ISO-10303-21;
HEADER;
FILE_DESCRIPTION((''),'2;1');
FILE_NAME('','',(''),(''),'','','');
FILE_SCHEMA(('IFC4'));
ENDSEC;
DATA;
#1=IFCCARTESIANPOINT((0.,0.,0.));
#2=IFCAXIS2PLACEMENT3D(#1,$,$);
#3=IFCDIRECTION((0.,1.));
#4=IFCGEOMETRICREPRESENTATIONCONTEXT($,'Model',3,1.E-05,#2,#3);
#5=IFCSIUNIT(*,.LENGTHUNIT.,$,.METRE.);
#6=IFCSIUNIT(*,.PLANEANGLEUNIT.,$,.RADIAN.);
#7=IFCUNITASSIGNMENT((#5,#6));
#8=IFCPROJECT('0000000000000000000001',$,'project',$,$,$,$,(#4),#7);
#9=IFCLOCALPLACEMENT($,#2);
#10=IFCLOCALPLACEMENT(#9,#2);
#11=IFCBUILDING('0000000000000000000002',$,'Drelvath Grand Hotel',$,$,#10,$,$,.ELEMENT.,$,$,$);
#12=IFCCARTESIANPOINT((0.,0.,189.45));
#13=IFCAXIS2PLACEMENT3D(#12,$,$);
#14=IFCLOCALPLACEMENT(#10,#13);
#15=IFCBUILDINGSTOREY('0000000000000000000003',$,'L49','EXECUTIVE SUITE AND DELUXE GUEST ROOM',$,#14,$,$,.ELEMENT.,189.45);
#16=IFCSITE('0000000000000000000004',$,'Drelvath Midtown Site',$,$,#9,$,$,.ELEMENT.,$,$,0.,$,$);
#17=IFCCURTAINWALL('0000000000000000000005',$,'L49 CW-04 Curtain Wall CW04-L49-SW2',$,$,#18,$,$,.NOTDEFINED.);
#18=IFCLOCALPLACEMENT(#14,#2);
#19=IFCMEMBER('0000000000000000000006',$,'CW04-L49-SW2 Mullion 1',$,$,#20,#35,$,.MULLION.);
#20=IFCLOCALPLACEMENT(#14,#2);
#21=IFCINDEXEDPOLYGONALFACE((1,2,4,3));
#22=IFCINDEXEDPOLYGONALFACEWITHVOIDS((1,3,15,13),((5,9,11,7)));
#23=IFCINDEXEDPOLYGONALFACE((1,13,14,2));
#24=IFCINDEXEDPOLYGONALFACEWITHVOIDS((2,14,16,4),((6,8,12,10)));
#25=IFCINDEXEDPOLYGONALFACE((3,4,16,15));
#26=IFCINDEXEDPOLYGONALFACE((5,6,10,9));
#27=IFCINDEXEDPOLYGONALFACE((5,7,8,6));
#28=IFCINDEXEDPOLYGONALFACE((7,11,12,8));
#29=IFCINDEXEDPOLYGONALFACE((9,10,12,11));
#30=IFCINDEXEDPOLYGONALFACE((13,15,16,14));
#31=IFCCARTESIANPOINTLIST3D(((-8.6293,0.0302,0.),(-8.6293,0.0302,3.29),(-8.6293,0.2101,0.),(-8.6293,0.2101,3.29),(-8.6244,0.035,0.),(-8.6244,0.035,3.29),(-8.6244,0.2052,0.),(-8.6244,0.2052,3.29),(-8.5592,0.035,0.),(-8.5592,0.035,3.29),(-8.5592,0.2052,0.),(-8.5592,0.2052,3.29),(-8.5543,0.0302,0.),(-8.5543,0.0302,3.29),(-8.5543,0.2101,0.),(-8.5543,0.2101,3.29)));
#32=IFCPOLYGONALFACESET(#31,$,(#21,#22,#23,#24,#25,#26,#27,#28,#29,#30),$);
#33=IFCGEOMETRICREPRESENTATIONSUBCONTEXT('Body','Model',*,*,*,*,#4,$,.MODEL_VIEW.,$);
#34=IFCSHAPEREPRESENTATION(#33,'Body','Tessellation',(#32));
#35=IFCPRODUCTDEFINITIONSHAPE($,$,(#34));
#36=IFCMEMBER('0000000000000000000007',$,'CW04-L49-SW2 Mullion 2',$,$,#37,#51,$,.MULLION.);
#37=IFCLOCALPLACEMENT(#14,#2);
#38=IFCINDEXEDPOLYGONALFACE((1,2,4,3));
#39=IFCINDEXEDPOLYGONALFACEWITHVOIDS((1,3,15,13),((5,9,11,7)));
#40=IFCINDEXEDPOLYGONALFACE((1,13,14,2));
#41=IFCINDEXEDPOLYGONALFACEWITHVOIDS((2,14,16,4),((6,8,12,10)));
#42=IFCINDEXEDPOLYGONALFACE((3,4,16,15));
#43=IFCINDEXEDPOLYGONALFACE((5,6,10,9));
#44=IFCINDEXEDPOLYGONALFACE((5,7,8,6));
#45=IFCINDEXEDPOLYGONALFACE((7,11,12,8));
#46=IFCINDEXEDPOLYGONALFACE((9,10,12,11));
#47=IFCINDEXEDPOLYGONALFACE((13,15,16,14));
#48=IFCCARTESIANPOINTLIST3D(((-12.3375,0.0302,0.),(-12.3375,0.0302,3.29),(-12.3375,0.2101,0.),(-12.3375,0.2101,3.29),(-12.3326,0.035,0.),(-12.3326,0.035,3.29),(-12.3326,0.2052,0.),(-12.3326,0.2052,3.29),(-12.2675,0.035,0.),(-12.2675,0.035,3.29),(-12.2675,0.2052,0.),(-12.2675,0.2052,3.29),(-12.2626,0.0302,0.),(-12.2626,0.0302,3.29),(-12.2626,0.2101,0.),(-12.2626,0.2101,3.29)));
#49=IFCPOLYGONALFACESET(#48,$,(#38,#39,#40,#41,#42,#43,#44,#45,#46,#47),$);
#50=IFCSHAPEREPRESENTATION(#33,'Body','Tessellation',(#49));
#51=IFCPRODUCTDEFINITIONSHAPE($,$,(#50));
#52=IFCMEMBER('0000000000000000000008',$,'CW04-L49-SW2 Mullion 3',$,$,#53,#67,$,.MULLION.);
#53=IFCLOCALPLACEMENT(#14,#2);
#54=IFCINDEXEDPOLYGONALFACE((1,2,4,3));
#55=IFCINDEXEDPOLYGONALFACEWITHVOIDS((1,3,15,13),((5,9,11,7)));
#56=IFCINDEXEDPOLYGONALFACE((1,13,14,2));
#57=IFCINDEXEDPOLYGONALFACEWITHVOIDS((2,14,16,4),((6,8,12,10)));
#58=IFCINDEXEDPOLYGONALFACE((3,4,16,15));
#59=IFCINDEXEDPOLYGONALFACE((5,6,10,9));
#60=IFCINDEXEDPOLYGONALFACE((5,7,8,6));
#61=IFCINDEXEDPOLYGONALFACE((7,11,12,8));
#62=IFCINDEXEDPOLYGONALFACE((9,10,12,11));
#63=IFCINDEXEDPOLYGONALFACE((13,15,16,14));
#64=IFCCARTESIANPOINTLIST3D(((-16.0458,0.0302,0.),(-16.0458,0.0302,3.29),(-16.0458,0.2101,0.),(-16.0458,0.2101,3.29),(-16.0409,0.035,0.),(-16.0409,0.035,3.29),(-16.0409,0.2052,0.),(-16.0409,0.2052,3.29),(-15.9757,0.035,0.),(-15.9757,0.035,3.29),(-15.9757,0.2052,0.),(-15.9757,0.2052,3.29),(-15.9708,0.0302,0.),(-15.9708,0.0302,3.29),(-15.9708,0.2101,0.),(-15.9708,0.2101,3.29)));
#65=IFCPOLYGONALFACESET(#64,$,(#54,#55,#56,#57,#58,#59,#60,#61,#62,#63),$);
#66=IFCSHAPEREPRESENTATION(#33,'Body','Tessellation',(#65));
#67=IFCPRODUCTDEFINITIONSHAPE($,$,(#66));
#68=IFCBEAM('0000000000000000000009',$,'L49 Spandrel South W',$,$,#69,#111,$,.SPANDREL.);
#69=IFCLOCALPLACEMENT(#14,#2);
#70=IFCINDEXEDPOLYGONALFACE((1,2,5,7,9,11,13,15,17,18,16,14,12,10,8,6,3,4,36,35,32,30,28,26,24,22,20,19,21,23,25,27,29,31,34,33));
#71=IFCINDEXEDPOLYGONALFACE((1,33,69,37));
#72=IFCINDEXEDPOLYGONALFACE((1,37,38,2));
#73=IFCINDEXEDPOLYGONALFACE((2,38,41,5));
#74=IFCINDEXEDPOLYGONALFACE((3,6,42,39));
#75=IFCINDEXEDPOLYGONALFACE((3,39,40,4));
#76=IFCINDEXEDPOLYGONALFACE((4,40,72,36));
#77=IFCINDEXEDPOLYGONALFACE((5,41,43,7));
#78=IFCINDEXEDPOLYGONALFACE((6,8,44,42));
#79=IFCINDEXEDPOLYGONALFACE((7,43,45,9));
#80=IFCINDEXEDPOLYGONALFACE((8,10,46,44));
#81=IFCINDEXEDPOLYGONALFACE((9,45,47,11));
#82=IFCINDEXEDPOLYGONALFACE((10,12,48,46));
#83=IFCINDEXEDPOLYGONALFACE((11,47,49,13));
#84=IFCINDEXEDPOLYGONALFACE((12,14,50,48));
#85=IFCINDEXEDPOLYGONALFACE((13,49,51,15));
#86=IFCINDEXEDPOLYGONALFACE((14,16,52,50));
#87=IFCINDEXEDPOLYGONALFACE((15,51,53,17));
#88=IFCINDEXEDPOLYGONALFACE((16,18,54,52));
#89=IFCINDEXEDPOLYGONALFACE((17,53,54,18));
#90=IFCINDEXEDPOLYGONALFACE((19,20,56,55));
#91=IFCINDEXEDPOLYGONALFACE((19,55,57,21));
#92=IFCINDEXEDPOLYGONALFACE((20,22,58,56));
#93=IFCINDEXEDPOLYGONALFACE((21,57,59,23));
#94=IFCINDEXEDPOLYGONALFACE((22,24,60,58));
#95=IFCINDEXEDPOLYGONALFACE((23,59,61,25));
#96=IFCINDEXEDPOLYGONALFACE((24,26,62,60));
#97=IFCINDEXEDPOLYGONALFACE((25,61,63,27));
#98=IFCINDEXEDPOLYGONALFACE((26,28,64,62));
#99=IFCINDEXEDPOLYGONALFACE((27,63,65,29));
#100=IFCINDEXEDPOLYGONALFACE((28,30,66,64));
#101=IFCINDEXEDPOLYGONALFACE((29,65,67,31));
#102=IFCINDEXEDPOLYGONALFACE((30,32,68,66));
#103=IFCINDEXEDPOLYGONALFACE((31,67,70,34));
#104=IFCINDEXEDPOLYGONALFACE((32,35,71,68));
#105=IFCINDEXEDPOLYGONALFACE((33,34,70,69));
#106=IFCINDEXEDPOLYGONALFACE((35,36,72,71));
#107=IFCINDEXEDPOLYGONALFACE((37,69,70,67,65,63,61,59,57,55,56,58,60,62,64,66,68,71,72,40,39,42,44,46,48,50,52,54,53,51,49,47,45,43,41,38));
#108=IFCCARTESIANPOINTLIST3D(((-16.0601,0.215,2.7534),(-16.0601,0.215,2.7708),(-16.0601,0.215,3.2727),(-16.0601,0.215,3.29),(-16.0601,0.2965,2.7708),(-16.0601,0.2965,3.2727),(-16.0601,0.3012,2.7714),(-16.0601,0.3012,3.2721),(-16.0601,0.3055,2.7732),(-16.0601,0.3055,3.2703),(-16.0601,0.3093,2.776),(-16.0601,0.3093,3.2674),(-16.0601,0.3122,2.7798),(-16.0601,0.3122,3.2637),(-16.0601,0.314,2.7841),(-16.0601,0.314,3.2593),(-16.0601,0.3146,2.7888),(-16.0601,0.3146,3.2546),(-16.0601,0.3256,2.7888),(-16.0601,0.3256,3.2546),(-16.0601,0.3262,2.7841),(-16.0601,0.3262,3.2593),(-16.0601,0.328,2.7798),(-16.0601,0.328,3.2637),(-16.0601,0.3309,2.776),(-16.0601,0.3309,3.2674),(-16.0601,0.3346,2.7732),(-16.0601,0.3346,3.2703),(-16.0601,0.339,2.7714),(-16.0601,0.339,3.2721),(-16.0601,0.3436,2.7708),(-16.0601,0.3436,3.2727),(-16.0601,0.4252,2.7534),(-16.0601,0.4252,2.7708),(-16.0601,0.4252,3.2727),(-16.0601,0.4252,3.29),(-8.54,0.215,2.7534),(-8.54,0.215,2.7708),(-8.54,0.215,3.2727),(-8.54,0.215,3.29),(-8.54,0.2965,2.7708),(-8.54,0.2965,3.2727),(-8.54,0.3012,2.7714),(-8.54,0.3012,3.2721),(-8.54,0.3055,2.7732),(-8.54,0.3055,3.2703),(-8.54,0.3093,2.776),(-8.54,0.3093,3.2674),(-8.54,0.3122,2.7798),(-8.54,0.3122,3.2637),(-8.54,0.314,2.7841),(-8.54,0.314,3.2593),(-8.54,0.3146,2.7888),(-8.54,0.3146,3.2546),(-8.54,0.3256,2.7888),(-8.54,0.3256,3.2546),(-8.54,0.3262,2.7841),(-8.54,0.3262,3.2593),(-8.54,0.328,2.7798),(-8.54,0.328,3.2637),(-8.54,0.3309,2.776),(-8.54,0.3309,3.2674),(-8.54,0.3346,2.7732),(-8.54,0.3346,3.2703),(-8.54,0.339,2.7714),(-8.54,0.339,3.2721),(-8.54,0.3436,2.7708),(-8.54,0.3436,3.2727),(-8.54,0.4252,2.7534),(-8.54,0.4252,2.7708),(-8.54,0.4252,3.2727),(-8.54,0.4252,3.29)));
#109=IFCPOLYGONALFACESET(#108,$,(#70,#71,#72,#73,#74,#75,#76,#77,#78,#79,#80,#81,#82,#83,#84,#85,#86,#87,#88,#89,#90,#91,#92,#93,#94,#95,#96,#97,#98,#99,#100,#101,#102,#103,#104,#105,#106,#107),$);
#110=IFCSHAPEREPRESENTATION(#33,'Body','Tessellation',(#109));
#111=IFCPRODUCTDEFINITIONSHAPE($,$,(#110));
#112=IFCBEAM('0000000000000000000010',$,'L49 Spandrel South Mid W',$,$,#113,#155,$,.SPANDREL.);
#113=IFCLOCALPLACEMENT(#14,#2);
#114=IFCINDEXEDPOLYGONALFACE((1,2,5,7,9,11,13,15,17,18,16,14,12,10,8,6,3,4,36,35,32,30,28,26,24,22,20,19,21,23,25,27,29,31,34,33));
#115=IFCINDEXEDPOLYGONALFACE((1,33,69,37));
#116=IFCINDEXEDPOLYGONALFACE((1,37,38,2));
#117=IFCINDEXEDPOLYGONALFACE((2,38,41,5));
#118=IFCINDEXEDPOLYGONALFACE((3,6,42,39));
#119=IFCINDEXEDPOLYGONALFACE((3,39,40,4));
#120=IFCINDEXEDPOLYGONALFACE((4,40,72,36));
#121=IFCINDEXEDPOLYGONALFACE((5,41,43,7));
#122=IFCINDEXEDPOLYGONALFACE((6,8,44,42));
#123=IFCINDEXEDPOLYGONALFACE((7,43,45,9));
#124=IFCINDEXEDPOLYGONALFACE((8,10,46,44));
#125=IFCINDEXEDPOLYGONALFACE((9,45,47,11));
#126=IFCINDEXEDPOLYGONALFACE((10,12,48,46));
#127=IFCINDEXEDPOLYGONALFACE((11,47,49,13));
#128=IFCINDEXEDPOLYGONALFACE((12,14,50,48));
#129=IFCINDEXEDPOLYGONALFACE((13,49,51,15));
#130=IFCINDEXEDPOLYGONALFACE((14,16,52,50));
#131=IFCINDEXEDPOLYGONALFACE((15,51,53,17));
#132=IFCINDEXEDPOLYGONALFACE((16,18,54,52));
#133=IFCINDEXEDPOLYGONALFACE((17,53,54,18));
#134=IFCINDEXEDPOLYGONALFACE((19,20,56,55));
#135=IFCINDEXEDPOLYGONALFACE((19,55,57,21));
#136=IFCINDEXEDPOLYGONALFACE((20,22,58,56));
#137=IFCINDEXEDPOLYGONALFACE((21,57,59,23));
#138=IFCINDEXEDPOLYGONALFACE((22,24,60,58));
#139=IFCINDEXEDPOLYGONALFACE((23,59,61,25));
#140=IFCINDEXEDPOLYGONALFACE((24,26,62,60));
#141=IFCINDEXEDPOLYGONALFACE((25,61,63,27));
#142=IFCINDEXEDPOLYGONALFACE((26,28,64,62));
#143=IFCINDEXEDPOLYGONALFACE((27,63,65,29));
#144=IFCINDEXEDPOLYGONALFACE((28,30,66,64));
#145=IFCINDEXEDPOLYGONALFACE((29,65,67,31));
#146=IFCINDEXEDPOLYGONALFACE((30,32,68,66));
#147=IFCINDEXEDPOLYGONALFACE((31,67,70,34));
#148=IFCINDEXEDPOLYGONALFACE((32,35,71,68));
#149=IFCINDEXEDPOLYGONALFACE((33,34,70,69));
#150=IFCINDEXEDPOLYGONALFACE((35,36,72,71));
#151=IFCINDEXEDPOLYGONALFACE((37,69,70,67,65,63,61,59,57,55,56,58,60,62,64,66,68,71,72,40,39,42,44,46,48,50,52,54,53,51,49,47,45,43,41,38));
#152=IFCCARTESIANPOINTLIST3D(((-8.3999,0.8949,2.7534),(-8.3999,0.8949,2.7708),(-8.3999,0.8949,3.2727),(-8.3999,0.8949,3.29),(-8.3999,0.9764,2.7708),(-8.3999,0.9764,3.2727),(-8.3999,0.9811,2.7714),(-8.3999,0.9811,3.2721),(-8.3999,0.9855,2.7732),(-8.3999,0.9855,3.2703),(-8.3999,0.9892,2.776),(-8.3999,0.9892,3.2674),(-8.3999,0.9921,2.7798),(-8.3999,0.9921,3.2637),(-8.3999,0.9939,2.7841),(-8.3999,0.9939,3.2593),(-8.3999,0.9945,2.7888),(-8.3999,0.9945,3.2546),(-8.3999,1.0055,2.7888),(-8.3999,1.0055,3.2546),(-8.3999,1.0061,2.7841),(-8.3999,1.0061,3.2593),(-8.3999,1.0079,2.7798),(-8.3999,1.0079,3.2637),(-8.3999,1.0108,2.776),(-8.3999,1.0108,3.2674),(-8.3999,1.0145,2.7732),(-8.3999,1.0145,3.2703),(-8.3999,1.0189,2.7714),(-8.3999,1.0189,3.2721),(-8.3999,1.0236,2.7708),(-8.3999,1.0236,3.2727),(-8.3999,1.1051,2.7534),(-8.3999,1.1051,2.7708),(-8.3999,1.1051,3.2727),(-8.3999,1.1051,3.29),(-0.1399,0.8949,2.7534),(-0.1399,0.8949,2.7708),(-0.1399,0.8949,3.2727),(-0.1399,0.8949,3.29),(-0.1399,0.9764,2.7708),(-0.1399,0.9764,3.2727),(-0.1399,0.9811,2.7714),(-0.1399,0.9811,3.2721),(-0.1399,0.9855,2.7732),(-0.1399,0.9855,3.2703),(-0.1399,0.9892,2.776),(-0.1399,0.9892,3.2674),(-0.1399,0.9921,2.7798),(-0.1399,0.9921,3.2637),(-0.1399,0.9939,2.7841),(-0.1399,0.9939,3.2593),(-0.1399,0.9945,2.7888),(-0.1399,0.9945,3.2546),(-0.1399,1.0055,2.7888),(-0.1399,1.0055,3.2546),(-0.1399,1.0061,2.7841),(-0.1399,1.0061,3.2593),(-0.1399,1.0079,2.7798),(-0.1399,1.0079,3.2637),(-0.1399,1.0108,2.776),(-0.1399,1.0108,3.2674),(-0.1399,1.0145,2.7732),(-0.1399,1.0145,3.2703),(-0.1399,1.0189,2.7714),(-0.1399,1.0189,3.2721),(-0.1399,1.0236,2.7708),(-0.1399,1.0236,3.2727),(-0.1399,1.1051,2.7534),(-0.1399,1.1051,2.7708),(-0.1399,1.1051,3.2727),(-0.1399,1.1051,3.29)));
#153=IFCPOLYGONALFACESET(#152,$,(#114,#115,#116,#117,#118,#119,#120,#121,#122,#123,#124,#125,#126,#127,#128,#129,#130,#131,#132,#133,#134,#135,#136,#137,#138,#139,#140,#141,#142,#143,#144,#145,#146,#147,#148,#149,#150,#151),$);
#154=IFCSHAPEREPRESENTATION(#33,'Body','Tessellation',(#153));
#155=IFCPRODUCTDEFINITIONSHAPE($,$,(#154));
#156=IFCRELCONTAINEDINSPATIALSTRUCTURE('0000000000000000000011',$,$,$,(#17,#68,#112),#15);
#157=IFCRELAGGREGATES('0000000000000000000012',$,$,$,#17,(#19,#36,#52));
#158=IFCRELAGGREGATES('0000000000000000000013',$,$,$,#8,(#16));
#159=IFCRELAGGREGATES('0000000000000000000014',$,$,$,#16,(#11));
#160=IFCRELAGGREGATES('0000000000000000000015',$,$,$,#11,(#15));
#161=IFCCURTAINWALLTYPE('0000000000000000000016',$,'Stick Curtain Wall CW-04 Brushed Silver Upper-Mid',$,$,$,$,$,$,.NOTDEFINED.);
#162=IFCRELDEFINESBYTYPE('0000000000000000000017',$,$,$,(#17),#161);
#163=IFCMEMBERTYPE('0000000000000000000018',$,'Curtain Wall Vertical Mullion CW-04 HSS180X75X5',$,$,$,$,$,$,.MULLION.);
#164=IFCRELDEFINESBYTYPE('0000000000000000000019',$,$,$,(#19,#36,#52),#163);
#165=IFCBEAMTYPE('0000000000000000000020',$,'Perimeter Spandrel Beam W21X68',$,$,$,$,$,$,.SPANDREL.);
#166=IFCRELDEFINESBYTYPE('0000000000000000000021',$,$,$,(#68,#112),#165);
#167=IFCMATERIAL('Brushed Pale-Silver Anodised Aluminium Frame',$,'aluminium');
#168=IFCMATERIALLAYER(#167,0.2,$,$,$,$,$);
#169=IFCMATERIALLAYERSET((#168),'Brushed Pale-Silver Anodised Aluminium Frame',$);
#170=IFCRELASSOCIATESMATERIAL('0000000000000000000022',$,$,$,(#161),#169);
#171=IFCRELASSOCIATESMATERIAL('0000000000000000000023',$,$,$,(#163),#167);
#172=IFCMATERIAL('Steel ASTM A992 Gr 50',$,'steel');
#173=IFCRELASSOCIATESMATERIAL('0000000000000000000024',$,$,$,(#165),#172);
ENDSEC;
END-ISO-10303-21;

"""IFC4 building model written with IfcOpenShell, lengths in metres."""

from ifc_helpers import new_model, si_unit, direction, frame, origin, origin_2d, place, context, subcontext, project, spatial, hollow_rectangle, i_section, extrude, material, layer, layer_set, material_profile, profile_set, type_object, element, aggregate, save


model = new_model("IFC4")

# Units and contexts
model_context = context("Model", 3, precision=1e-05, world=origin(), true_north=direction((0.0, 1.0)))
body_context = subcontext(model_context, "Body", "Model", "MODEL_VIEW")
ifc_project = project(units=[si_unit("LENGTHUNIT", "METRE"), si_unit("PLANEANGLEUNIT", "RADIAN")], contexts=[model_context])

# Site, building, storey
site_placement = place(None, origin())
site = spatial("IfcSite", under=ifc_project, at=site_placement, Name="Drelvath Midtown Site", CompositionType="ELEMENT", RefElevation=0.0)
building_placement = place(site_placement, origin())
building = spatial("IfcBuilding", under=site, at=building_placement, Name="Drelvath Grand Hotel", CompositionType="ELEMENT")
storey_placement = place(building_placement, frame((0.0, 0.0, 189.45)))
storey = spatial("IfcBuildingStorey", under=building, at=storey_placement, Name="L49", Description="EXECUTIVE SUITE AND DELUXE GUEST ROOM", CompositionType="ELEMENT", Elevation=189.45)

# Curtain wall
ifc_material_1 = material(Name="Brushed Pale-Silver Anodised Aluminium Frame", Category="aluminium")
ifc_layer_1 = layer(ifc_material_1, 0.2)
ifc_layer_set_1 = layer_set([ifc_layer_1], Name="Brushed Pale-Silver Anodised Aluminium Frame")
curtain_wall_type = type_object("IfcCurtainWallType", Name="Stick Curtain Wall CW-04 Brushed Silver Upper-Mid", PredefinedType="NOTDEFINED", material=ifc_layer_set_1)
curtain_wall_1_placement = place(storey_placement, origin())
curtain_wall_1 = element("IfcCurtainWall", 1, at=curtain_wall_1_placement, inside=storey, type_object=curtain_wall_type, Name="L49 CW-04 Curtain Wall CW04-L49-SW2", PredefinedType="NOTDEFINED")

# Members
ifc_material_profile_1 = material_profile(ifc_material_1, hollow_rectangle(XDim=0.075, YDim=0.1799, WallThickness=0.0049, at=origin_2d()), Name="HSS180X75X5")
ifc_profile_set_1 = profile_set([ifc_material_profile_1], Name="Brushed Pale-Silver Anodised Aluminium Frame")
member_type_1 = type_object("IfcMemberType", Name="Curtain Wall Vertical Mullion CW-04 HSS180X75X5", PredefinedType="MULLION", material=ifc_profile_set_1)
member_1_placement = place(storey_placement, frame((-8.5918, 0.1201, 0.0), z_axis=(0.0, 0.0, 1.0), x_axis=(1.0, 0.0, 0.0)))
member_1 = element("IfcMember", 2, at=member_1_placement, type_object=member_type_1, Name="CW04-L49-SW2 Mullion 1", PredefinedType="MULLION", context=body_context, shape_type="SweptSolid", body=[
    extrude(hollow_rectangle(XDim=0.075, YDim=0.1799, WallThickness=0.0049, at=origin_2d()), origin(), (0.0, 0.0, 1.0), 3.29),
])
member_2_placement = place(storey_placement, frame((-12.3, 0.1201, 0.0), z_axis=(0.0, 0.0, 1.0), x_axis=(1.0, 0.0, 0.0)))
member_2 = element("IfcMember", 3, at=member_2_placement, type_object=member_type_1, Name="CW04-L49-SW2 Mullion 2", PredefinedType="MULLION", context=body_context, shape_type="SweptSolid", body=[
    extrude(hollow_rectangle(XDim=0.075, YDim=0.1799, WallThickness=0.0049, at=origin_2d()), origin(), (0.0, 0.0, 1.0), 3.29),
])
member_3_placement = place(storey_placement, frame((-16.0083, 0.1201, 0.0), z_axis=(0.0, 0.0, 1.0), x_axis=(1.0, 0.0, 0.0)))
member_3 = element("IfcMember", 4, at=member_3_placement, type_object=member_type_1, Name="CW04-L49-SW2 Mullion 3", PredefinedType="MULLION", context=body_context, shape_type="SweptSolid", body=[
    extrude(hollow_rectangle(XDim=0.075, YDim=0.1799, WallThickness=0.0049, at=origin_2d()), origin(), (0.0, 0.0, 1.0), 3.29),
])

# Beams
ifc_material_2 = material(Name="Steel ASTM A992 Gr 50", Category="steel")
ifc_material_profile_2 = material_profile(ifc_material_2, i_section(OverallWidth=0.2102, OverallDepth=0.5366, WebThickness=0.011, FlangeThickness=0.0173, FilletRadius=0.0181, at=origin_2d()), Name="W21X68")
ifc_profile_set_2 = profile_set([ifc_material_profile_2], Name="Steel ASTM A992 Gr 50")
beam_type_1 = type_object("IfcBeamType", Name="Perimeter Spandrel Beam W21X68", PredefinedType="SPANDREL", material=ifc_profile_set_2)
beam_1_placement = place(storey_placement, frame((-16.0601, 0.3201, 3.0217), z_axis=(1.0, 0.0, 0.0), x_axis=(0.0, 1.0, 0.0)))
element("IfcBeam", 5, at=beam_1_placement, inside=storey, type_object=beam_type_1, Name="L49 Spandrel South W", PredefinedType="SPANDREL", context=body_context, shape_type="SweptSolid", body=[
    extrude(i_section(OverallWidth=0.2102, OverallDepth=0.5366, WebThickness=0.011, FlangeThickness=0.0173, FilletRadius=0.0181, at=origin_2d()), origin(), (0.0, 0.0, 1.0), 7.52),
])
beam_2_placement = place(storey_placement, frame((-8.3999, 1.0, 3.0217), z_axis=(1.0, 0.0, 0.0), x_axis=(0.0, 1.0, 0.0)))
element("IfcBeam", 6, at=beam_2_placement, inside=storey, type_object=beam_type_1, Name="L49 Spandrel South Mid W", PredefinedType="SPANDREL", context=body_context, shape_type="SweptSolid", body=[
    extrude(i_section(OverallWidth=0.2102, OverallDepth=0.5366, WebThickness=0.011, FlangeThickness=0.0173, FilletRadius=0.0181, at=origin_2d()), origin(), (0.0, 0.0, 1.0), 8.26),
])

aggregate(curtain_wall_1, [member_1, member_2, member_3])

save(model, "model.ifc")
